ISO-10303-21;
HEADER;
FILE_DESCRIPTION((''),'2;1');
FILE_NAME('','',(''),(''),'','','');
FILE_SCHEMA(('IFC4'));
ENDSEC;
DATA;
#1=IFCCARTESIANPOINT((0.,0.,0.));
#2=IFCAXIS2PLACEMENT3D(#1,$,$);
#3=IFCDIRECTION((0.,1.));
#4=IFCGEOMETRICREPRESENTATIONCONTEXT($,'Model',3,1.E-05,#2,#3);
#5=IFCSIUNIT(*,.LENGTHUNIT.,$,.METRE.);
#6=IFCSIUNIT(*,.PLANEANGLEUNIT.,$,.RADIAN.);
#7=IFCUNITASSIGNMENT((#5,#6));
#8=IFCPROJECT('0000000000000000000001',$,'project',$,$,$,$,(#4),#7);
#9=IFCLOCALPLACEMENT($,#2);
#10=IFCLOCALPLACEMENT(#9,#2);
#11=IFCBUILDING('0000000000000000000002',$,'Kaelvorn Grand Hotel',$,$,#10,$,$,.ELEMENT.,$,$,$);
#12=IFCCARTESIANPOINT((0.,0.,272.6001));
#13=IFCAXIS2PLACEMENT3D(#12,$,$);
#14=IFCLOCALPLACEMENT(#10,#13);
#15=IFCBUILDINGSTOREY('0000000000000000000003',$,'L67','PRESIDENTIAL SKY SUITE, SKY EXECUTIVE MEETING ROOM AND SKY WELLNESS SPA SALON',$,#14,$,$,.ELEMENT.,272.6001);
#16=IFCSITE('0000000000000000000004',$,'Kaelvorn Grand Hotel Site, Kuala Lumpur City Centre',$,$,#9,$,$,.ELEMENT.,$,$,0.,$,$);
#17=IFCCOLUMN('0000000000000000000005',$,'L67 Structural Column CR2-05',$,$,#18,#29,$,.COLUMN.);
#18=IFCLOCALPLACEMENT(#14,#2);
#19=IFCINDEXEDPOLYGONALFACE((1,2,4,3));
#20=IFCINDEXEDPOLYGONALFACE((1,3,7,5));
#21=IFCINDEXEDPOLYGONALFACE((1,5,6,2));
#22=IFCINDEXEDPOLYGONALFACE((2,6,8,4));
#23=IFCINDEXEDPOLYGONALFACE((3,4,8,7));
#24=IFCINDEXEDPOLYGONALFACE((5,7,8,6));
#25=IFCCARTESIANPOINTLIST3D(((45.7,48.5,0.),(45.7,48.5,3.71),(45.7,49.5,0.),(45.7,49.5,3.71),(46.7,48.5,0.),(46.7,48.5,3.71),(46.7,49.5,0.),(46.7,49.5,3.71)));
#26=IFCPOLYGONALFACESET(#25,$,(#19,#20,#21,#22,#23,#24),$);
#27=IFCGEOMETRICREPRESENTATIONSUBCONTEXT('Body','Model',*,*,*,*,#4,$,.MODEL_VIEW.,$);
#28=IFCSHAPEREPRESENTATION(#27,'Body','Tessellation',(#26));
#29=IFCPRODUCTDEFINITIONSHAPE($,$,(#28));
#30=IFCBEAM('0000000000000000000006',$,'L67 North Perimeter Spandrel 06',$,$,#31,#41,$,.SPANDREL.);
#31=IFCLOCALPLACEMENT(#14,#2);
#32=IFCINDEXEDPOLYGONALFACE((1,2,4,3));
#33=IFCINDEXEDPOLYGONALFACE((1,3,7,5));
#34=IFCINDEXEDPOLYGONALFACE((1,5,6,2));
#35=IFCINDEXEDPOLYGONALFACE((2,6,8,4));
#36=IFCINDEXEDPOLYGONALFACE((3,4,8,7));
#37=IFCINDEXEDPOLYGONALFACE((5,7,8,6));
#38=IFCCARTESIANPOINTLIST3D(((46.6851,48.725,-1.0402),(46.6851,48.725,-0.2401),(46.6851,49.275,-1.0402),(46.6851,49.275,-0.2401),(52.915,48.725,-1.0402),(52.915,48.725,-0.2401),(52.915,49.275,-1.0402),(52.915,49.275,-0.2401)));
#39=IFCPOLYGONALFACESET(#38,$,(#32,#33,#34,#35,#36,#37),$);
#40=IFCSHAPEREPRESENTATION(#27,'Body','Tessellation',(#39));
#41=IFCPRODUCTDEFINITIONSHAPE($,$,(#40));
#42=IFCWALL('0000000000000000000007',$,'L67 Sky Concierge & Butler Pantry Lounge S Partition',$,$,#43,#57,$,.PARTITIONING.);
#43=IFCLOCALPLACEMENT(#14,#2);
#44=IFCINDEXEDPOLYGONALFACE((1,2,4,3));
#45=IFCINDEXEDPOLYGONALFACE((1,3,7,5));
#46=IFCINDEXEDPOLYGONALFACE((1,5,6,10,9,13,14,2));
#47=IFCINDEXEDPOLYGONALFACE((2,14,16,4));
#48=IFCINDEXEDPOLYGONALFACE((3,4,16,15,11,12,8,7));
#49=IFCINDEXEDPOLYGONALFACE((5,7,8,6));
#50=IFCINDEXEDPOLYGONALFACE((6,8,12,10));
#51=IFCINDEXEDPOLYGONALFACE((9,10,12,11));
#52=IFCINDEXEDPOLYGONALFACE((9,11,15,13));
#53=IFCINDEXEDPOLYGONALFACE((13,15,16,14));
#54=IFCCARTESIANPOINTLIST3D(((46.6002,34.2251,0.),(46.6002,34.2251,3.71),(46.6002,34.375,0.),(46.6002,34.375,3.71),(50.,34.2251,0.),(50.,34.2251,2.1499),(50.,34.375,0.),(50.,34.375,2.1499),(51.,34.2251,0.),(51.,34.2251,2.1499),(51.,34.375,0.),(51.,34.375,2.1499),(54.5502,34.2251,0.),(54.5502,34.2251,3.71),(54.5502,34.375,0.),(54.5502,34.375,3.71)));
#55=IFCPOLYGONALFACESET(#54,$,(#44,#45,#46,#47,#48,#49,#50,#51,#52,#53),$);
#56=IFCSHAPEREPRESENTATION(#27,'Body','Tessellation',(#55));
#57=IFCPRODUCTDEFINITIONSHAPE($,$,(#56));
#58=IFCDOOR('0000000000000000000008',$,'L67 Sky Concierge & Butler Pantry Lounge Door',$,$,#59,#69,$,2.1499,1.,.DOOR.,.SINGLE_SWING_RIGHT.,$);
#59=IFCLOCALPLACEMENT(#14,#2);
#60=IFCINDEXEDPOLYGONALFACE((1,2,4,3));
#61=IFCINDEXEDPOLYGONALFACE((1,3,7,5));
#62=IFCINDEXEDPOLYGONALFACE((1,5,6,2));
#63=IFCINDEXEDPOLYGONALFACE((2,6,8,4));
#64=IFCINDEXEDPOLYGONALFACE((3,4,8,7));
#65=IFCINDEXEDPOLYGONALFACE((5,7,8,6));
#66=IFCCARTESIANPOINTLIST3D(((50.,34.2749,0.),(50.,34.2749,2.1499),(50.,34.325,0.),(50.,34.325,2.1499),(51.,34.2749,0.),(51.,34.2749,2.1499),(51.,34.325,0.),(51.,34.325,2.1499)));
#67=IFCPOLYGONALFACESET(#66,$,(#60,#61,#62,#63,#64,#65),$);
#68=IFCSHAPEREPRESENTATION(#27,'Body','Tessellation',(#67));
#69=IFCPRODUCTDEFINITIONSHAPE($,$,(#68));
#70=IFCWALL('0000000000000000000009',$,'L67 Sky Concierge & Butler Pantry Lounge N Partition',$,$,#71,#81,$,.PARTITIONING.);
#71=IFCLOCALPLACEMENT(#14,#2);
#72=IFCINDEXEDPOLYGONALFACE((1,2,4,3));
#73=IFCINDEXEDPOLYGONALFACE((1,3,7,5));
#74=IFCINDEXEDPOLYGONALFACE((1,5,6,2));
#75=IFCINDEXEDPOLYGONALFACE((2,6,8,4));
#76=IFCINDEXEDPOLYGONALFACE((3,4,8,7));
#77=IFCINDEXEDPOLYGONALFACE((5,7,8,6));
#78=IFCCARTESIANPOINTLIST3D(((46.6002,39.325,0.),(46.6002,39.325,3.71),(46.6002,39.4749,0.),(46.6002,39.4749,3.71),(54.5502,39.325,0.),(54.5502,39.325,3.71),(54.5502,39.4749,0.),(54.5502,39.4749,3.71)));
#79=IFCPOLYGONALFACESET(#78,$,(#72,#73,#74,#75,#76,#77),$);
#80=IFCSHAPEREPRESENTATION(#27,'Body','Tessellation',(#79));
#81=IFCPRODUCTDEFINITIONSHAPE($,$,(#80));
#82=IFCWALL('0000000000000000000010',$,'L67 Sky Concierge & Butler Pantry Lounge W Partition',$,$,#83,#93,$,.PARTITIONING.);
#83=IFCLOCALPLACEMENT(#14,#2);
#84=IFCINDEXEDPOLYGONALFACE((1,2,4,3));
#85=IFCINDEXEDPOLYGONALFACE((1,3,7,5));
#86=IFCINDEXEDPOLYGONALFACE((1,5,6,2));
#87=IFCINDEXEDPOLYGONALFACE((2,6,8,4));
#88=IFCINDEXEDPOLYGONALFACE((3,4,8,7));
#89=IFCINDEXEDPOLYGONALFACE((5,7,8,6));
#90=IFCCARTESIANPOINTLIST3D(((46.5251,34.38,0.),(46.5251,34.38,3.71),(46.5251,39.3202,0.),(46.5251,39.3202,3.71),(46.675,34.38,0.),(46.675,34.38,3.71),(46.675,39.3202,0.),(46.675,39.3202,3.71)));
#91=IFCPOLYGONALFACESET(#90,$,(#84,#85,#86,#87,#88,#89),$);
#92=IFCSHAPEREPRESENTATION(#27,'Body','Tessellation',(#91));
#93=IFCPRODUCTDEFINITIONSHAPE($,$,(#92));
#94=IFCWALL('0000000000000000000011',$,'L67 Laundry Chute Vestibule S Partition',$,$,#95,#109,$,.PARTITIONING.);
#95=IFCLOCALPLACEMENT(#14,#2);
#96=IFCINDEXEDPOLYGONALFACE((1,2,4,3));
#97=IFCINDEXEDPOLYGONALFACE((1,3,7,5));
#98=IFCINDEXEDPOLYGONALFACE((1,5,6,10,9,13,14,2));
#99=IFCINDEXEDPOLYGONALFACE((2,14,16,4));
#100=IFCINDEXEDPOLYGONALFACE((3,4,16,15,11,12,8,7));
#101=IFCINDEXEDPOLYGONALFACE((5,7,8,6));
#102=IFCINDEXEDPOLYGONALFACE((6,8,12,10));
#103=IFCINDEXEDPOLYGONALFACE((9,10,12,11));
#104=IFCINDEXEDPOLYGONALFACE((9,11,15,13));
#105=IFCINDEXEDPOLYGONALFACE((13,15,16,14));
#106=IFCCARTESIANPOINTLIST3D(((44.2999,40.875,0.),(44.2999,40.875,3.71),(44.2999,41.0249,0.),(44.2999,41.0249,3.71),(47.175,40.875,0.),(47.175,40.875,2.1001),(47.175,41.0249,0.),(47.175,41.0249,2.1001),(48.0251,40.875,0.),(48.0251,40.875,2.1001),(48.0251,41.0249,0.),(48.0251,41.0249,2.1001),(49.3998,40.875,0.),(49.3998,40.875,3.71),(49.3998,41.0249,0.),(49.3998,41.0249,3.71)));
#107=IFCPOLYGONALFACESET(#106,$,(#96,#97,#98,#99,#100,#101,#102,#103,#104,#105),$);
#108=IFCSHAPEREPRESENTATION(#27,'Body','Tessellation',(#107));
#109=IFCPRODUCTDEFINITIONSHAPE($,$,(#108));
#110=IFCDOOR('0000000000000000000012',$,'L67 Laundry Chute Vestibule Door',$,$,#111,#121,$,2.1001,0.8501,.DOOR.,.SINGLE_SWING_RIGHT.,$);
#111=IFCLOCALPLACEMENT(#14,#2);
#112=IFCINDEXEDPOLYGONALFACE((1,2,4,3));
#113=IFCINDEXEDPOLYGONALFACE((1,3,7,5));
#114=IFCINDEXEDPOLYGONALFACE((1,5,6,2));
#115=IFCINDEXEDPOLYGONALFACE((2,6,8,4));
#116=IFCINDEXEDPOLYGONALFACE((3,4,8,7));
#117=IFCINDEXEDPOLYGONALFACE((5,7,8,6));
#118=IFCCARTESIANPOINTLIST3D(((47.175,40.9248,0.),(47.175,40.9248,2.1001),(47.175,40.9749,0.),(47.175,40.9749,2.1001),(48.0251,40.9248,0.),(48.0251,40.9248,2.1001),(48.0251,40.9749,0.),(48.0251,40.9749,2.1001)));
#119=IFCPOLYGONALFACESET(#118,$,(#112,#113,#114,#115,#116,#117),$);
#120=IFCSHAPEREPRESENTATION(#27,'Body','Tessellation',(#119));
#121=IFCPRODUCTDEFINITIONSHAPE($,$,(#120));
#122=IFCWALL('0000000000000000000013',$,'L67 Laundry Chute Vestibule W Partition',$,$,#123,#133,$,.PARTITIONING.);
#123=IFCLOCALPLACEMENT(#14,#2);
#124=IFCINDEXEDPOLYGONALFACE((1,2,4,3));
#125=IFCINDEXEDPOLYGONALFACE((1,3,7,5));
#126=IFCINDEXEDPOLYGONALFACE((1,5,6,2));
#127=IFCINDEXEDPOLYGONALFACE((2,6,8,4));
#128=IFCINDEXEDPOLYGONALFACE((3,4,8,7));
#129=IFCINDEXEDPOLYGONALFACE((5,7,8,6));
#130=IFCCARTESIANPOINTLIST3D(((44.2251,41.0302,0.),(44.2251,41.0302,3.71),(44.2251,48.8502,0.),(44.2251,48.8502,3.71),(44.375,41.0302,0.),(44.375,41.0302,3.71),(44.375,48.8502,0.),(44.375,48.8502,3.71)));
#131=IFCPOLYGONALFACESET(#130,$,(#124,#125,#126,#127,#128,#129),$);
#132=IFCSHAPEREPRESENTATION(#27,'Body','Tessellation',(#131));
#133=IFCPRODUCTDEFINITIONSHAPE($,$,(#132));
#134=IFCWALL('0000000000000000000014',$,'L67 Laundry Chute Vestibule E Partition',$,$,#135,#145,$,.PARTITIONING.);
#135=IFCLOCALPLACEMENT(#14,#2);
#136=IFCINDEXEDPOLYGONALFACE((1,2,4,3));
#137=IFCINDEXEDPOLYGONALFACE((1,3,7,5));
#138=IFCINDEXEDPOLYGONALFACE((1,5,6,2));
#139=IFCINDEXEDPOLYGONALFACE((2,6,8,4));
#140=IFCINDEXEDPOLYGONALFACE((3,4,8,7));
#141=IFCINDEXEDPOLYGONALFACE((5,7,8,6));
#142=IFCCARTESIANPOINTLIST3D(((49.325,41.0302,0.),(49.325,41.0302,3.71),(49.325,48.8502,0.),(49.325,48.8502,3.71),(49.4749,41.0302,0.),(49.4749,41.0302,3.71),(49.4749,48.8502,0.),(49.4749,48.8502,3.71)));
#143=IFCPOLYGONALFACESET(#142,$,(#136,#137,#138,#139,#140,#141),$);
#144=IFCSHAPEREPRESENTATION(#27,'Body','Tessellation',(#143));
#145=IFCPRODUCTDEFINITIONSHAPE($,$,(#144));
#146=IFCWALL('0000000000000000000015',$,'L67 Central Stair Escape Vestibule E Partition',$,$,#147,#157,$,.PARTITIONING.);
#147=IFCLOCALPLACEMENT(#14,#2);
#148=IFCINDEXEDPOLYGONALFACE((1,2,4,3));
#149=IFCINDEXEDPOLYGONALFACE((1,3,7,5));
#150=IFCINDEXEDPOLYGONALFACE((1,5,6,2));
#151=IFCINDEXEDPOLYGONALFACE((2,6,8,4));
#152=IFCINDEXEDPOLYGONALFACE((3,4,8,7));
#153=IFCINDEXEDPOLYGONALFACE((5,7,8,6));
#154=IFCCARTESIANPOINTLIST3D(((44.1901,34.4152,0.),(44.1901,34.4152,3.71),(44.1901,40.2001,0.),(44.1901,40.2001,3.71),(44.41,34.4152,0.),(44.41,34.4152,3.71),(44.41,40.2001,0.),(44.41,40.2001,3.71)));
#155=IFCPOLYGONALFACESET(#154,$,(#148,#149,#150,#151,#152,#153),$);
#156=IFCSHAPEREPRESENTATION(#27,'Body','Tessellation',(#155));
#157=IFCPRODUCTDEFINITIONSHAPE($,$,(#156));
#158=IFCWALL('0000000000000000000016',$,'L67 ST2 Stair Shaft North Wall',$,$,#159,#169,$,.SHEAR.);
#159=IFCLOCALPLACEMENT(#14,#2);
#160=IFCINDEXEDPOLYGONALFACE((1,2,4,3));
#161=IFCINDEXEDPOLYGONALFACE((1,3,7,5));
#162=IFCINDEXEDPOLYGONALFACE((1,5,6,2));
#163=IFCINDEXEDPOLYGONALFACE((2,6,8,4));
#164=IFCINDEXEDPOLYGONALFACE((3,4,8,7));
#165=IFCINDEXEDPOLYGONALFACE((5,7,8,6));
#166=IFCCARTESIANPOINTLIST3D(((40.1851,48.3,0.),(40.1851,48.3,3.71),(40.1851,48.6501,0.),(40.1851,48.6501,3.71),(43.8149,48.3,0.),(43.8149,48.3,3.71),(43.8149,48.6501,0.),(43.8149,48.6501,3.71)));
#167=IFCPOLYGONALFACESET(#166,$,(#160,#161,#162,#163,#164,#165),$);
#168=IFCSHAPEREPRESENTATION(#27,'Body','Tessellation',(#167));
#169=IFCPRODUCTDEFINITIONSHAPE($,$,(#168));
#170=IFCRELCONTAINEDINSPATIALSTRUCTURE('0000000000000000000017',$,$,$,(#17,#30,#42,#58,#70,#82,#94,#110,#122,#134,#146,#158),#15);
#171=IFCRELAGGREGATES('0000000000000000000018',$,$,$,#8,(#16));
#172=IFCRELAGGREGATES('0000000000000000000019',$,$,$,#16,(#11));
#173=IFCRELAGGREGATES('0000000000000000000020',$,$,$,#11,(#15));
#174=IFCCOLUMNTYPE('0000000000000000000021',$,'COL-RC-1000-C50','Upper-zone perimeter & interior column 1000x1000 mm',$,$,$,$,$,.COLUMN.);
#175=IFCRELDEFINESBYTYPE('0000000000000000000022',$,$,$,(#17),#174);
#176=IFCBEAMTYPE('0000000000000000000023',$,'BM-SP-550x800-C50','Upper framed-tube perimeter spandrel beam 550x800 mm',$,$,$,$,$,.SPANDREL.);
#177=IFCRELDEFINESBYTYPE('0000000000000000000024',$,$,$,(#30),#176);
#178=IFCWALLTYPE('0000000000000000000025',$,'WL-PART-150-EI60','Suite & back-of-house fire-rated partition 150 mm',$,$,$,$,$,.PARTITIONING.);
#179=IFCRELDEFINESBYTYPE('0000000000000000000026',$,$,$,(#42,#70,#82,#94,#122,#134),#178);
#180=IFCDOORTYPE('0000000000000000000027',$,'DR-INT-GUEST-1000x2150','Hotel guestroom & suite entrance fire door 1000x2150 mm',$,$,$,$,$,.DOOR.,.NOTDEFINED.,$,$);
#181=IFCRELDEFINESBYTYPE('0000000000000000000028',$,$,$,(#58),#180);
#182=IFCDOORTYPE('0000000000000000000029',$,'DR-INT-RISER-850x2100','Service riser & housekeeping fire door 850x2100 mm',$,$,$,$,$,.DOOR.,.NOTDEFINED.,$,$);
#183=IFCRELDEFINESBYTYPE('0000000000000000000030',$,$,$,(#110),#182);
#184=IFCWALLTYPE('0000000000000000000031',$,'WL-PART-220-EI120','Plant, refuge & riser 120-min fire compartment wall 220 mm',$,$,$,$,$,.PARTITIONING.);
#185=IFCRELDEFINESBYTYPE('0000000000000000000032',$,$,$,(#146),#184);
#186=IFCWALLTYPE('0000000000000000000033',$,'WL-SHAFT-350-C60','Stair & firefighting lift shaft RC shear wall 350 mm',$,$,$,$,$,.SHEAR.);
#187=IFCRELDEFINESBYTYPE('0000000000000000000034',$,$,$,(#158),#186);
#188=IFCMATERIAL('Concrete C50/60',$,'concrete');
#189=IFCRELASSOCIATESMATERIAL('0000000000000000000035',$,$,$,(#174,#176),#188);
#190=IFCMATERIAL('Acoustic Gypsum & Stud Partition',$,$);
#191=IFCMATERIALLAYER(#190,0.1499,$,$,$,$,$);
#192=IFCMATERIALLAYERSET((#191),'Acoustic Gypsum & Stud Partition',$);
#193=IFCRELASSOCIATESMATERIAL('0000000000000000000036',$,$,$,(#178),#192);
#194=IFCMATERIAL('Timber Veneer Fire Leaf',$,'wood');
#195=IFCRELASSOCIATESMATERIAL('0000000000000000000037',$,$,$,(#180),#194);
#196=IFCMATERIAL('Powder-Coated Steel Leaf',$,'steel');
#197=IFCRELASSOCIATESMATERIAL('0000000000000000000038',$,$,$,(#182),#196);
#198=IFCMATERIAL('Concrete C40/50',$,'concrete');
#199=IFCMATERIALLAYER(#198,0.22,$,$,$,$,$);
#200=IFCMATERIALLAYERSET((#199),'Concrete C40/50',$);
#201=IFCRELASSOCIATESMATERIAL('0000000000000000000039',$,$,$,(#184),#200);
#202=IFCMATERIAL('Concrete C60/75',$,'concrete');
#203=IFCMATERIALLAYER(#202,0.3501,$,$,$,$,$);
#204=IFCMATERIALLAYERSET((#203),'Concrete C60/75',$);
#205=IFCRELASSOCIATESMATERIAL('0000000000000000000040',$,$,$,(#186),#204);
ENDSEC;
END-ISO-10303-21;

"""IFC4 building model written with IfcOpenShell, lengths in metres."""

from ifc_helpers import new_model, si_unit, direction, frame, frame_2d, origin, origin_2d, place, context, subcontext, project, spatial, rectangle, extrude, material, layer, layer_set, material_profile, profile_set, type_object, element, fill, save


model = new_model("IFC4")

# Units and contexts
model_context = context("Model", 3, precision=1e-05, world=origin(), true_north=direction((0.0, 1.0)))
body_context = subcontext(model_context, "Body", "Model", "MODEL_VIEW")
ifc_project = project(units=[si_unit("LENGTHUNIT", "METRE"), si_unit("PLANEANGLEUNIT", "RADIAN")], contexts=[model_context])

# Site, building, storey
site_placement = place(None, origin())
site = spatial("IfcSite", under=ifc_project, at=site_placement, Name="Kaelvorn Grand Hotel Site, Kuala Lumpur City Centre", CompositionType="ELEMENT", RefElevation=0.0)
building_placement = place(site_placement, origin())
building = spatial("IfcBuilding", under=site, at=building_placement, Name="Kaelvorn Grand Hotel", CompositionType="ELEMENT")
storey_placement = place(building_placement, frame((0.0, 0.0, 272.6001)))
storey = spatial("IfcBuildingStorey", under=building, at=storey_placement, Name="L67", Description="PRESIDENTIAL SKY SUITE, SKY EXECUTIVE MEETING ROOM AND SKY WELLNESS SPA SALON", CompositionType="ELEMENT", Elevation=272.6001)

# Column
ifc_material_1 = material(Name="Concrete C50/60", Category="concrete")
ifc_material_profile_1 = material_profile(ifc_material_1, rectangle(XDim=1.0, YDim=1.0, at=origin_2d()), Name="RC COL 1000x1000")
ifc_profile_set_1 = profile_set([ifc_material_profile_1], Name="Concrete C50/60")
column_type = type_object("IfcColumnType", Name="COL-RC-1000-C50", Description="Upper-zone perimeter & interior column 1000x1000 mm", PredefinedType="COLUMN", material=ifc_profile_set_1)
column_placement = place(storey_placement, frame((46.2, 49.0, 0.0), z_axis=(0.0, 0.0, 1.0), x_axis=(1.0, 0.0, 0.0)))
element("IfcColumn", 1, at=column_placement, inside=storey, type_object=column_type, Name="L67 Structural Column CR2-05", PredefinedType="COLUMN", context=body_context, shape_type="SweptSolid", body=[
    extrude(rectangle(XDim=1.0, YDim=1.0, at=origin_2d()), origin(), (0.0, 0.0, 1.0), 3.71),
])

# Beam
ifc_material_profile_2 = material_profile(ifc_material_1, rectangle(XDim=0.55, YDim=0.8, at=origin_2d()), Name="RC SPANDREL 550x800")
ifc_profile_set_2 = profile_set([ifc_material_profile_2], Name="Concrete C50/60")
beam_type = type_object("IfcBeamType", Name="BM-SP-550x800-C50", Description="Upper framed-tube perimeter spandrel beam 550x800 mm", PredefinedType="SPANDREL", material=ifc_profile_set_2)
beam_placement = place(storey_placement, frame((46.6851, 49.0, -0.6401), z_axis=(1.0, 0.0, 0.0), x_axis=(0.0, 1.0, 0.0)))
element("IfcBeam", 2, at=beam_placement, inside=storey, type_object=beam_type, Name="L67 North Perimeter Spandrel 06", PredefinedType="SPANDREL", context=body_context, shape_type="SweptSolid", body=[
    extrude(rectangle(XDim=0.55, YDim=0.8, at=origin_2d()), origin(), (0.0, 0.0, 1.0), 6.23),
])

# Wall, opening, door
ifc_material_2 = material(Name="Acoustic Gypsum & Stud Partition")
ifc_layer_1 = layer(ifc_material_2, 0.1499)
ifc_layer_set_1 = layer_set([ifc_layer_1], Name="Acoustic Gypsum & Stud Partition")
wall_type_1 = type_object("IfcWallType", Name="WL-PART-150-EI60", Description="Suite & back-of-house fire-rated partition 150 mm", PredefinedType="PARTITIONING", material=ifc_layer_set_1)
wall_1_placement = place(storey_placement, frame((46.6001, 34.3, 0.0), z_axis=(0.0, 0.0, 1.0), x_axis=(1.0, 0.0, 0.0)))
wall_1 = element("IfcWall", 3, at=wall_1_placement, inside=storey, type_object=wall_type_1, Name="L67 Sky Concierge & Butler Pantry Lounge S Partition", PredefinedType="PARTITIONING", context=body_context, shape_type="SweptSolid", body=[
    extrude(rectangle(XDim=7.95, YDim=0.1499, at=frame_2d((3.9751, 0.0))), origin(), (0.0, 0.0, 1.0), 3.71),
])
opening_1_placement = place(wall_1_placement, frame((3.3999, 0.0, 0.0)))
opening_1 = element("IfcOpeningElement", 4, at=opening_1_placement, cuts=wall_1, PredefinedType="OPENING", context=body_context, shape_type="SweptSolid", body=[
    extrude(rectangle(XDim=1.0, YDim=2.1499, at=frame_2d((0.5, 1.075))), frame((0.0, 0.085, 0.0), z_axis=(0.0, -1.0, 0.0), x_axis=(1.0, 0.0, 0.0)), (0.0, 0.0, 1.0), 0.1699),
])
ifc_material_3 = material(Name="Timber Veneer Fire Leaf", Category="wood")
door_type_1 = type_object("IfcDoorType", Name="DR-INT-GUEST-1000x2150", Description="Hotel guestroom & suite entrance fire door 1000x2150 mm", OperationType="NOTDEFINED", PredefinedType="DOOR", material=ifc_material_3)
door_1_placement = place(opening_1_placement, origin())
door_1 = element("IfcDoor", 5, at=door_1_placement, inside=storey, type_object=door_type_1, Name="L67 Sky Concierge & Butler Pantry Lounge Door", OperationType="SINGLE_SWING_RIGHT", OverallHeight=2.1499, OverallWidth=1.0, PredefinedType="DOOR", context=body_context, shape_type="SweptSolid", body=[
    extrude(rectangle(XDim=1.0, YDim=2.1499, at=frame_2d((0.5, 1.075))), frame((0.0, 0.0249, 0.0), z_axis=(0.0, -1.0, 0.0), x_axis=(1.0, 0.0, 0.0)), (0.0, 0.0, 1.0), 0.05),
])
fill(opening_1, door_1)

# Walls
wall_2_placement = place(storey_placement, frame((46.6001, 39.3999, 0.0), z_axis=(0.0, 0.0, 1.0), x_axis=(1.0, 0.0, 0.0)))
element("IfcWall", 6, at=wall_2_placement, inside=storey, type_object=wall_type_1, Name="L67 Sky Concierge & Butler Pantry Lounge N Partition", PredefinedType="PARTITIONING", context=body_context, shape_type="SweptSolid", body=[
    extrude(rectangle(XDim=7.95, YDim=0.1499, at=frame_2d((3.9751, 0.0))), origin(), (0.0, 0.0, 1.0), 3.71),
])
wall_3_placement = place(storey_placement, frame((46.6001, 34.3799, 0.0), z_axis=(0.0, 0.0, 1.0), x_axis=(0.0, 1.0, 0.0)))
element("IfcWall", 7, at=wall_3_placement, inside=storey, type_object=wall_type_1, Name="L67 Sky Concierge & Butler Pantry Lounge W Partition", PredefinedType="PARTITIONING", context=body_context, shape_type="SweptSolid", body=[
    extrude(rectangle(XDim=4.9402, YDim=0.1499, at=frame_2d((2.4702, 0.0))), origin(), (0.0, 0.0, 1.0), 3.71),
])

# Wall, opening, door
wall_4_placement = place(storey_placement, frame((44.3, 40.95, 0.0), z_axis=(0.0, 0.0, 1.0), x_axis=(1.0, 0.0, 0.0)))
wall_4 = element("IfcWall", 8, at=wall_4_placement, inside=storey, type_object=wall_type_1, Name="L67 Laundry Chute Vestibule S Partition", PredefinedType="PARTITIONING", context=body_context, shape_type="SweptSolid", body=[
    extrude(rectangle(XDim=5.0999, YDim=0.1499, at=frame_2d((2.5498, 0.0))), origin(), (0.0, 0.0, 1.0), 3.71),
])
opening_2_placement = place(wall_4_placement, frame((2.875, 0.0, 0.0)))
opening_2 = element("IfcOpeningElement", 9, at=opening_2_placement, cuts=wall_4, PredefinedType="OPENING", context=body_context, shape_type="SweptSolid", body=[
    extrude(rectangle(XDim=0.8501, YDim=2.1001, at=frame_2d((0.425, 1.05))), frame((0.0, 0.085, 0.0), z_axis=(0.0, -1.0, 0.0), x_axis=(1.0, 0.0, 0.0)), (0.0, 0.0, 1.0), 0.1699),
])
ifc_material_4 = material(Name="Powder-Coated Steel Leaf", Category="steel")
door_type_2 = type_object("IfcDoorType", Name="DR-INT-RISER-850x2100", Description="Service riser & housekeeping fire door 850x2100 mm", OperationType="NOTDEFINED", PredefinedType="DOOR", material=ifc_material_4)
door_2_placement = place(opening_2_placement, origin())
door_2 = element("IfcDoor", 10, at=door_2_placement, inside=storey, type_object=door_type_2, Name="L67 Laundry Chute Vestibule Door", OperationType="SINGLE_SWING_RIGHT", OverallHeight=2.1001, OverallWidth=0.8501, PredefinedType="DOOR", context=body_context, shape_type="SweptSolid", body=[
    extrude(rectangle(XDim=0.8501, YDim=2.1001, at=frame_2d((0.425, 1.05))), frame((0.0, 0.0249, 0.0), z_axis=(0.0, -1.0, 0.0), x_axis=(1.0, 0.0, 0.0)), (0.0, 0.0, 1.0), 0.05),
])
fill(opening_2, door_2)

# Walls
for number, where, z_axis, x_axis, name in (
    (11, (44.3, 41.03, 0.0), (0.0, 0.0, 1.0), (0.0, 1.0, 0.0), "L67 Laundry Chute Vestibule W Partition"),
    (12, (49.3999, 41.03, 0.0), (0.0, 0.0, 1.0), (0.0, 1.0, 0.0), "L67 Laundry Chute Vestibule E Partition"),
):
    element("IfcWall", number, at=place(storey_placement, frame(where, z_axis=z_axis, x_axis=x_axis)), inside=storey, type_object=wall_type_1, Name=name, PredefinedType="PARTITIONING", context=body_context, shape_type="SweptSolid", body=[
        extrude(rectangle(XDim=7.8201, YDim=0.1499, at=frame_2d((3.9102, 0.0))), origin(), (0.0, 0.0, 1.0), 3.71),
    ])
ifc_material_5 = material(Name="Concrete C40/50", Category="concrete")
ifc_layer_2 = layer(ifc_material_5, 0.22)
ifc_layer_set_2 = layer_set([ifc_layer_2], Name="Concrete C40/50")
wall_type_2 = type_object("IfcWallType", Name="WL-PART-220-EI120", Description="Plant, refuge & riser 120-min fire compartment wall 220 mm", PredefinedType="PARTITIONING", material=ifc_layer_set_2)
wall_5_placement = place(storey_placement, frame((44.3, 34.415, 0.0), z_axis=(0.0, 0.0, 1.0), x_axis=(0.0, 1.0, 0.0)))
element("IfcWall", 13, at=wall_5_placement, inside=storey, type_object=wall_type_2, Name="L67 Central Stair Escape Vestibule E Partition", PredefinedType="PARTITIONING", context=body_context, shape_type="SweptSolid", body=[
    extrude(rectangle(XDim=5.7849, YDim=0.22, at=frame_2d((2.8926, 0.0))), origin(), (0.0, 0.0, 1.0), 3.71),
])
ifc_material_6 = material(Name="Concrete C60/75", Category="concrete")
ifc_layer_3 = layer(ifc_material_6, 0.3501)
ifc_layer_set_3 = layer_set([ifc_layer_3], Name="Concrete C60/75")
wall_type_3 = type_object("IfcWallType", Name="WL-SHAFT-350-C60", Description="Stair & firefighting lift shaft RC shear wall 350 mm", PredefinedType="SHEAR", material=ifc_layer_set_3)
wall_6_placement = place(storey_placement, frame((40.1851, 48.4751, 0.0), z_axis=(0.0, 0.0, 1.0), x_axis=(1.0, 0.0, 0.0)))
element("IfcWall", 14, at=wall_6_placement, inside=storey, type_object=wall_type_3, Name="L67 ST2 Stair Shaft North Wall", PredefinedType="SHEAR", context=body_context, shape_type="SweptSolid", body=[
    extrude(rectangle(XDim=3.6299, YDim=0.3501, at=frame_2d((1.8149, 0.0))), origin(), (0.0, 0.0, 1.0), 3.71),
])

save(model, "model.ifc")
